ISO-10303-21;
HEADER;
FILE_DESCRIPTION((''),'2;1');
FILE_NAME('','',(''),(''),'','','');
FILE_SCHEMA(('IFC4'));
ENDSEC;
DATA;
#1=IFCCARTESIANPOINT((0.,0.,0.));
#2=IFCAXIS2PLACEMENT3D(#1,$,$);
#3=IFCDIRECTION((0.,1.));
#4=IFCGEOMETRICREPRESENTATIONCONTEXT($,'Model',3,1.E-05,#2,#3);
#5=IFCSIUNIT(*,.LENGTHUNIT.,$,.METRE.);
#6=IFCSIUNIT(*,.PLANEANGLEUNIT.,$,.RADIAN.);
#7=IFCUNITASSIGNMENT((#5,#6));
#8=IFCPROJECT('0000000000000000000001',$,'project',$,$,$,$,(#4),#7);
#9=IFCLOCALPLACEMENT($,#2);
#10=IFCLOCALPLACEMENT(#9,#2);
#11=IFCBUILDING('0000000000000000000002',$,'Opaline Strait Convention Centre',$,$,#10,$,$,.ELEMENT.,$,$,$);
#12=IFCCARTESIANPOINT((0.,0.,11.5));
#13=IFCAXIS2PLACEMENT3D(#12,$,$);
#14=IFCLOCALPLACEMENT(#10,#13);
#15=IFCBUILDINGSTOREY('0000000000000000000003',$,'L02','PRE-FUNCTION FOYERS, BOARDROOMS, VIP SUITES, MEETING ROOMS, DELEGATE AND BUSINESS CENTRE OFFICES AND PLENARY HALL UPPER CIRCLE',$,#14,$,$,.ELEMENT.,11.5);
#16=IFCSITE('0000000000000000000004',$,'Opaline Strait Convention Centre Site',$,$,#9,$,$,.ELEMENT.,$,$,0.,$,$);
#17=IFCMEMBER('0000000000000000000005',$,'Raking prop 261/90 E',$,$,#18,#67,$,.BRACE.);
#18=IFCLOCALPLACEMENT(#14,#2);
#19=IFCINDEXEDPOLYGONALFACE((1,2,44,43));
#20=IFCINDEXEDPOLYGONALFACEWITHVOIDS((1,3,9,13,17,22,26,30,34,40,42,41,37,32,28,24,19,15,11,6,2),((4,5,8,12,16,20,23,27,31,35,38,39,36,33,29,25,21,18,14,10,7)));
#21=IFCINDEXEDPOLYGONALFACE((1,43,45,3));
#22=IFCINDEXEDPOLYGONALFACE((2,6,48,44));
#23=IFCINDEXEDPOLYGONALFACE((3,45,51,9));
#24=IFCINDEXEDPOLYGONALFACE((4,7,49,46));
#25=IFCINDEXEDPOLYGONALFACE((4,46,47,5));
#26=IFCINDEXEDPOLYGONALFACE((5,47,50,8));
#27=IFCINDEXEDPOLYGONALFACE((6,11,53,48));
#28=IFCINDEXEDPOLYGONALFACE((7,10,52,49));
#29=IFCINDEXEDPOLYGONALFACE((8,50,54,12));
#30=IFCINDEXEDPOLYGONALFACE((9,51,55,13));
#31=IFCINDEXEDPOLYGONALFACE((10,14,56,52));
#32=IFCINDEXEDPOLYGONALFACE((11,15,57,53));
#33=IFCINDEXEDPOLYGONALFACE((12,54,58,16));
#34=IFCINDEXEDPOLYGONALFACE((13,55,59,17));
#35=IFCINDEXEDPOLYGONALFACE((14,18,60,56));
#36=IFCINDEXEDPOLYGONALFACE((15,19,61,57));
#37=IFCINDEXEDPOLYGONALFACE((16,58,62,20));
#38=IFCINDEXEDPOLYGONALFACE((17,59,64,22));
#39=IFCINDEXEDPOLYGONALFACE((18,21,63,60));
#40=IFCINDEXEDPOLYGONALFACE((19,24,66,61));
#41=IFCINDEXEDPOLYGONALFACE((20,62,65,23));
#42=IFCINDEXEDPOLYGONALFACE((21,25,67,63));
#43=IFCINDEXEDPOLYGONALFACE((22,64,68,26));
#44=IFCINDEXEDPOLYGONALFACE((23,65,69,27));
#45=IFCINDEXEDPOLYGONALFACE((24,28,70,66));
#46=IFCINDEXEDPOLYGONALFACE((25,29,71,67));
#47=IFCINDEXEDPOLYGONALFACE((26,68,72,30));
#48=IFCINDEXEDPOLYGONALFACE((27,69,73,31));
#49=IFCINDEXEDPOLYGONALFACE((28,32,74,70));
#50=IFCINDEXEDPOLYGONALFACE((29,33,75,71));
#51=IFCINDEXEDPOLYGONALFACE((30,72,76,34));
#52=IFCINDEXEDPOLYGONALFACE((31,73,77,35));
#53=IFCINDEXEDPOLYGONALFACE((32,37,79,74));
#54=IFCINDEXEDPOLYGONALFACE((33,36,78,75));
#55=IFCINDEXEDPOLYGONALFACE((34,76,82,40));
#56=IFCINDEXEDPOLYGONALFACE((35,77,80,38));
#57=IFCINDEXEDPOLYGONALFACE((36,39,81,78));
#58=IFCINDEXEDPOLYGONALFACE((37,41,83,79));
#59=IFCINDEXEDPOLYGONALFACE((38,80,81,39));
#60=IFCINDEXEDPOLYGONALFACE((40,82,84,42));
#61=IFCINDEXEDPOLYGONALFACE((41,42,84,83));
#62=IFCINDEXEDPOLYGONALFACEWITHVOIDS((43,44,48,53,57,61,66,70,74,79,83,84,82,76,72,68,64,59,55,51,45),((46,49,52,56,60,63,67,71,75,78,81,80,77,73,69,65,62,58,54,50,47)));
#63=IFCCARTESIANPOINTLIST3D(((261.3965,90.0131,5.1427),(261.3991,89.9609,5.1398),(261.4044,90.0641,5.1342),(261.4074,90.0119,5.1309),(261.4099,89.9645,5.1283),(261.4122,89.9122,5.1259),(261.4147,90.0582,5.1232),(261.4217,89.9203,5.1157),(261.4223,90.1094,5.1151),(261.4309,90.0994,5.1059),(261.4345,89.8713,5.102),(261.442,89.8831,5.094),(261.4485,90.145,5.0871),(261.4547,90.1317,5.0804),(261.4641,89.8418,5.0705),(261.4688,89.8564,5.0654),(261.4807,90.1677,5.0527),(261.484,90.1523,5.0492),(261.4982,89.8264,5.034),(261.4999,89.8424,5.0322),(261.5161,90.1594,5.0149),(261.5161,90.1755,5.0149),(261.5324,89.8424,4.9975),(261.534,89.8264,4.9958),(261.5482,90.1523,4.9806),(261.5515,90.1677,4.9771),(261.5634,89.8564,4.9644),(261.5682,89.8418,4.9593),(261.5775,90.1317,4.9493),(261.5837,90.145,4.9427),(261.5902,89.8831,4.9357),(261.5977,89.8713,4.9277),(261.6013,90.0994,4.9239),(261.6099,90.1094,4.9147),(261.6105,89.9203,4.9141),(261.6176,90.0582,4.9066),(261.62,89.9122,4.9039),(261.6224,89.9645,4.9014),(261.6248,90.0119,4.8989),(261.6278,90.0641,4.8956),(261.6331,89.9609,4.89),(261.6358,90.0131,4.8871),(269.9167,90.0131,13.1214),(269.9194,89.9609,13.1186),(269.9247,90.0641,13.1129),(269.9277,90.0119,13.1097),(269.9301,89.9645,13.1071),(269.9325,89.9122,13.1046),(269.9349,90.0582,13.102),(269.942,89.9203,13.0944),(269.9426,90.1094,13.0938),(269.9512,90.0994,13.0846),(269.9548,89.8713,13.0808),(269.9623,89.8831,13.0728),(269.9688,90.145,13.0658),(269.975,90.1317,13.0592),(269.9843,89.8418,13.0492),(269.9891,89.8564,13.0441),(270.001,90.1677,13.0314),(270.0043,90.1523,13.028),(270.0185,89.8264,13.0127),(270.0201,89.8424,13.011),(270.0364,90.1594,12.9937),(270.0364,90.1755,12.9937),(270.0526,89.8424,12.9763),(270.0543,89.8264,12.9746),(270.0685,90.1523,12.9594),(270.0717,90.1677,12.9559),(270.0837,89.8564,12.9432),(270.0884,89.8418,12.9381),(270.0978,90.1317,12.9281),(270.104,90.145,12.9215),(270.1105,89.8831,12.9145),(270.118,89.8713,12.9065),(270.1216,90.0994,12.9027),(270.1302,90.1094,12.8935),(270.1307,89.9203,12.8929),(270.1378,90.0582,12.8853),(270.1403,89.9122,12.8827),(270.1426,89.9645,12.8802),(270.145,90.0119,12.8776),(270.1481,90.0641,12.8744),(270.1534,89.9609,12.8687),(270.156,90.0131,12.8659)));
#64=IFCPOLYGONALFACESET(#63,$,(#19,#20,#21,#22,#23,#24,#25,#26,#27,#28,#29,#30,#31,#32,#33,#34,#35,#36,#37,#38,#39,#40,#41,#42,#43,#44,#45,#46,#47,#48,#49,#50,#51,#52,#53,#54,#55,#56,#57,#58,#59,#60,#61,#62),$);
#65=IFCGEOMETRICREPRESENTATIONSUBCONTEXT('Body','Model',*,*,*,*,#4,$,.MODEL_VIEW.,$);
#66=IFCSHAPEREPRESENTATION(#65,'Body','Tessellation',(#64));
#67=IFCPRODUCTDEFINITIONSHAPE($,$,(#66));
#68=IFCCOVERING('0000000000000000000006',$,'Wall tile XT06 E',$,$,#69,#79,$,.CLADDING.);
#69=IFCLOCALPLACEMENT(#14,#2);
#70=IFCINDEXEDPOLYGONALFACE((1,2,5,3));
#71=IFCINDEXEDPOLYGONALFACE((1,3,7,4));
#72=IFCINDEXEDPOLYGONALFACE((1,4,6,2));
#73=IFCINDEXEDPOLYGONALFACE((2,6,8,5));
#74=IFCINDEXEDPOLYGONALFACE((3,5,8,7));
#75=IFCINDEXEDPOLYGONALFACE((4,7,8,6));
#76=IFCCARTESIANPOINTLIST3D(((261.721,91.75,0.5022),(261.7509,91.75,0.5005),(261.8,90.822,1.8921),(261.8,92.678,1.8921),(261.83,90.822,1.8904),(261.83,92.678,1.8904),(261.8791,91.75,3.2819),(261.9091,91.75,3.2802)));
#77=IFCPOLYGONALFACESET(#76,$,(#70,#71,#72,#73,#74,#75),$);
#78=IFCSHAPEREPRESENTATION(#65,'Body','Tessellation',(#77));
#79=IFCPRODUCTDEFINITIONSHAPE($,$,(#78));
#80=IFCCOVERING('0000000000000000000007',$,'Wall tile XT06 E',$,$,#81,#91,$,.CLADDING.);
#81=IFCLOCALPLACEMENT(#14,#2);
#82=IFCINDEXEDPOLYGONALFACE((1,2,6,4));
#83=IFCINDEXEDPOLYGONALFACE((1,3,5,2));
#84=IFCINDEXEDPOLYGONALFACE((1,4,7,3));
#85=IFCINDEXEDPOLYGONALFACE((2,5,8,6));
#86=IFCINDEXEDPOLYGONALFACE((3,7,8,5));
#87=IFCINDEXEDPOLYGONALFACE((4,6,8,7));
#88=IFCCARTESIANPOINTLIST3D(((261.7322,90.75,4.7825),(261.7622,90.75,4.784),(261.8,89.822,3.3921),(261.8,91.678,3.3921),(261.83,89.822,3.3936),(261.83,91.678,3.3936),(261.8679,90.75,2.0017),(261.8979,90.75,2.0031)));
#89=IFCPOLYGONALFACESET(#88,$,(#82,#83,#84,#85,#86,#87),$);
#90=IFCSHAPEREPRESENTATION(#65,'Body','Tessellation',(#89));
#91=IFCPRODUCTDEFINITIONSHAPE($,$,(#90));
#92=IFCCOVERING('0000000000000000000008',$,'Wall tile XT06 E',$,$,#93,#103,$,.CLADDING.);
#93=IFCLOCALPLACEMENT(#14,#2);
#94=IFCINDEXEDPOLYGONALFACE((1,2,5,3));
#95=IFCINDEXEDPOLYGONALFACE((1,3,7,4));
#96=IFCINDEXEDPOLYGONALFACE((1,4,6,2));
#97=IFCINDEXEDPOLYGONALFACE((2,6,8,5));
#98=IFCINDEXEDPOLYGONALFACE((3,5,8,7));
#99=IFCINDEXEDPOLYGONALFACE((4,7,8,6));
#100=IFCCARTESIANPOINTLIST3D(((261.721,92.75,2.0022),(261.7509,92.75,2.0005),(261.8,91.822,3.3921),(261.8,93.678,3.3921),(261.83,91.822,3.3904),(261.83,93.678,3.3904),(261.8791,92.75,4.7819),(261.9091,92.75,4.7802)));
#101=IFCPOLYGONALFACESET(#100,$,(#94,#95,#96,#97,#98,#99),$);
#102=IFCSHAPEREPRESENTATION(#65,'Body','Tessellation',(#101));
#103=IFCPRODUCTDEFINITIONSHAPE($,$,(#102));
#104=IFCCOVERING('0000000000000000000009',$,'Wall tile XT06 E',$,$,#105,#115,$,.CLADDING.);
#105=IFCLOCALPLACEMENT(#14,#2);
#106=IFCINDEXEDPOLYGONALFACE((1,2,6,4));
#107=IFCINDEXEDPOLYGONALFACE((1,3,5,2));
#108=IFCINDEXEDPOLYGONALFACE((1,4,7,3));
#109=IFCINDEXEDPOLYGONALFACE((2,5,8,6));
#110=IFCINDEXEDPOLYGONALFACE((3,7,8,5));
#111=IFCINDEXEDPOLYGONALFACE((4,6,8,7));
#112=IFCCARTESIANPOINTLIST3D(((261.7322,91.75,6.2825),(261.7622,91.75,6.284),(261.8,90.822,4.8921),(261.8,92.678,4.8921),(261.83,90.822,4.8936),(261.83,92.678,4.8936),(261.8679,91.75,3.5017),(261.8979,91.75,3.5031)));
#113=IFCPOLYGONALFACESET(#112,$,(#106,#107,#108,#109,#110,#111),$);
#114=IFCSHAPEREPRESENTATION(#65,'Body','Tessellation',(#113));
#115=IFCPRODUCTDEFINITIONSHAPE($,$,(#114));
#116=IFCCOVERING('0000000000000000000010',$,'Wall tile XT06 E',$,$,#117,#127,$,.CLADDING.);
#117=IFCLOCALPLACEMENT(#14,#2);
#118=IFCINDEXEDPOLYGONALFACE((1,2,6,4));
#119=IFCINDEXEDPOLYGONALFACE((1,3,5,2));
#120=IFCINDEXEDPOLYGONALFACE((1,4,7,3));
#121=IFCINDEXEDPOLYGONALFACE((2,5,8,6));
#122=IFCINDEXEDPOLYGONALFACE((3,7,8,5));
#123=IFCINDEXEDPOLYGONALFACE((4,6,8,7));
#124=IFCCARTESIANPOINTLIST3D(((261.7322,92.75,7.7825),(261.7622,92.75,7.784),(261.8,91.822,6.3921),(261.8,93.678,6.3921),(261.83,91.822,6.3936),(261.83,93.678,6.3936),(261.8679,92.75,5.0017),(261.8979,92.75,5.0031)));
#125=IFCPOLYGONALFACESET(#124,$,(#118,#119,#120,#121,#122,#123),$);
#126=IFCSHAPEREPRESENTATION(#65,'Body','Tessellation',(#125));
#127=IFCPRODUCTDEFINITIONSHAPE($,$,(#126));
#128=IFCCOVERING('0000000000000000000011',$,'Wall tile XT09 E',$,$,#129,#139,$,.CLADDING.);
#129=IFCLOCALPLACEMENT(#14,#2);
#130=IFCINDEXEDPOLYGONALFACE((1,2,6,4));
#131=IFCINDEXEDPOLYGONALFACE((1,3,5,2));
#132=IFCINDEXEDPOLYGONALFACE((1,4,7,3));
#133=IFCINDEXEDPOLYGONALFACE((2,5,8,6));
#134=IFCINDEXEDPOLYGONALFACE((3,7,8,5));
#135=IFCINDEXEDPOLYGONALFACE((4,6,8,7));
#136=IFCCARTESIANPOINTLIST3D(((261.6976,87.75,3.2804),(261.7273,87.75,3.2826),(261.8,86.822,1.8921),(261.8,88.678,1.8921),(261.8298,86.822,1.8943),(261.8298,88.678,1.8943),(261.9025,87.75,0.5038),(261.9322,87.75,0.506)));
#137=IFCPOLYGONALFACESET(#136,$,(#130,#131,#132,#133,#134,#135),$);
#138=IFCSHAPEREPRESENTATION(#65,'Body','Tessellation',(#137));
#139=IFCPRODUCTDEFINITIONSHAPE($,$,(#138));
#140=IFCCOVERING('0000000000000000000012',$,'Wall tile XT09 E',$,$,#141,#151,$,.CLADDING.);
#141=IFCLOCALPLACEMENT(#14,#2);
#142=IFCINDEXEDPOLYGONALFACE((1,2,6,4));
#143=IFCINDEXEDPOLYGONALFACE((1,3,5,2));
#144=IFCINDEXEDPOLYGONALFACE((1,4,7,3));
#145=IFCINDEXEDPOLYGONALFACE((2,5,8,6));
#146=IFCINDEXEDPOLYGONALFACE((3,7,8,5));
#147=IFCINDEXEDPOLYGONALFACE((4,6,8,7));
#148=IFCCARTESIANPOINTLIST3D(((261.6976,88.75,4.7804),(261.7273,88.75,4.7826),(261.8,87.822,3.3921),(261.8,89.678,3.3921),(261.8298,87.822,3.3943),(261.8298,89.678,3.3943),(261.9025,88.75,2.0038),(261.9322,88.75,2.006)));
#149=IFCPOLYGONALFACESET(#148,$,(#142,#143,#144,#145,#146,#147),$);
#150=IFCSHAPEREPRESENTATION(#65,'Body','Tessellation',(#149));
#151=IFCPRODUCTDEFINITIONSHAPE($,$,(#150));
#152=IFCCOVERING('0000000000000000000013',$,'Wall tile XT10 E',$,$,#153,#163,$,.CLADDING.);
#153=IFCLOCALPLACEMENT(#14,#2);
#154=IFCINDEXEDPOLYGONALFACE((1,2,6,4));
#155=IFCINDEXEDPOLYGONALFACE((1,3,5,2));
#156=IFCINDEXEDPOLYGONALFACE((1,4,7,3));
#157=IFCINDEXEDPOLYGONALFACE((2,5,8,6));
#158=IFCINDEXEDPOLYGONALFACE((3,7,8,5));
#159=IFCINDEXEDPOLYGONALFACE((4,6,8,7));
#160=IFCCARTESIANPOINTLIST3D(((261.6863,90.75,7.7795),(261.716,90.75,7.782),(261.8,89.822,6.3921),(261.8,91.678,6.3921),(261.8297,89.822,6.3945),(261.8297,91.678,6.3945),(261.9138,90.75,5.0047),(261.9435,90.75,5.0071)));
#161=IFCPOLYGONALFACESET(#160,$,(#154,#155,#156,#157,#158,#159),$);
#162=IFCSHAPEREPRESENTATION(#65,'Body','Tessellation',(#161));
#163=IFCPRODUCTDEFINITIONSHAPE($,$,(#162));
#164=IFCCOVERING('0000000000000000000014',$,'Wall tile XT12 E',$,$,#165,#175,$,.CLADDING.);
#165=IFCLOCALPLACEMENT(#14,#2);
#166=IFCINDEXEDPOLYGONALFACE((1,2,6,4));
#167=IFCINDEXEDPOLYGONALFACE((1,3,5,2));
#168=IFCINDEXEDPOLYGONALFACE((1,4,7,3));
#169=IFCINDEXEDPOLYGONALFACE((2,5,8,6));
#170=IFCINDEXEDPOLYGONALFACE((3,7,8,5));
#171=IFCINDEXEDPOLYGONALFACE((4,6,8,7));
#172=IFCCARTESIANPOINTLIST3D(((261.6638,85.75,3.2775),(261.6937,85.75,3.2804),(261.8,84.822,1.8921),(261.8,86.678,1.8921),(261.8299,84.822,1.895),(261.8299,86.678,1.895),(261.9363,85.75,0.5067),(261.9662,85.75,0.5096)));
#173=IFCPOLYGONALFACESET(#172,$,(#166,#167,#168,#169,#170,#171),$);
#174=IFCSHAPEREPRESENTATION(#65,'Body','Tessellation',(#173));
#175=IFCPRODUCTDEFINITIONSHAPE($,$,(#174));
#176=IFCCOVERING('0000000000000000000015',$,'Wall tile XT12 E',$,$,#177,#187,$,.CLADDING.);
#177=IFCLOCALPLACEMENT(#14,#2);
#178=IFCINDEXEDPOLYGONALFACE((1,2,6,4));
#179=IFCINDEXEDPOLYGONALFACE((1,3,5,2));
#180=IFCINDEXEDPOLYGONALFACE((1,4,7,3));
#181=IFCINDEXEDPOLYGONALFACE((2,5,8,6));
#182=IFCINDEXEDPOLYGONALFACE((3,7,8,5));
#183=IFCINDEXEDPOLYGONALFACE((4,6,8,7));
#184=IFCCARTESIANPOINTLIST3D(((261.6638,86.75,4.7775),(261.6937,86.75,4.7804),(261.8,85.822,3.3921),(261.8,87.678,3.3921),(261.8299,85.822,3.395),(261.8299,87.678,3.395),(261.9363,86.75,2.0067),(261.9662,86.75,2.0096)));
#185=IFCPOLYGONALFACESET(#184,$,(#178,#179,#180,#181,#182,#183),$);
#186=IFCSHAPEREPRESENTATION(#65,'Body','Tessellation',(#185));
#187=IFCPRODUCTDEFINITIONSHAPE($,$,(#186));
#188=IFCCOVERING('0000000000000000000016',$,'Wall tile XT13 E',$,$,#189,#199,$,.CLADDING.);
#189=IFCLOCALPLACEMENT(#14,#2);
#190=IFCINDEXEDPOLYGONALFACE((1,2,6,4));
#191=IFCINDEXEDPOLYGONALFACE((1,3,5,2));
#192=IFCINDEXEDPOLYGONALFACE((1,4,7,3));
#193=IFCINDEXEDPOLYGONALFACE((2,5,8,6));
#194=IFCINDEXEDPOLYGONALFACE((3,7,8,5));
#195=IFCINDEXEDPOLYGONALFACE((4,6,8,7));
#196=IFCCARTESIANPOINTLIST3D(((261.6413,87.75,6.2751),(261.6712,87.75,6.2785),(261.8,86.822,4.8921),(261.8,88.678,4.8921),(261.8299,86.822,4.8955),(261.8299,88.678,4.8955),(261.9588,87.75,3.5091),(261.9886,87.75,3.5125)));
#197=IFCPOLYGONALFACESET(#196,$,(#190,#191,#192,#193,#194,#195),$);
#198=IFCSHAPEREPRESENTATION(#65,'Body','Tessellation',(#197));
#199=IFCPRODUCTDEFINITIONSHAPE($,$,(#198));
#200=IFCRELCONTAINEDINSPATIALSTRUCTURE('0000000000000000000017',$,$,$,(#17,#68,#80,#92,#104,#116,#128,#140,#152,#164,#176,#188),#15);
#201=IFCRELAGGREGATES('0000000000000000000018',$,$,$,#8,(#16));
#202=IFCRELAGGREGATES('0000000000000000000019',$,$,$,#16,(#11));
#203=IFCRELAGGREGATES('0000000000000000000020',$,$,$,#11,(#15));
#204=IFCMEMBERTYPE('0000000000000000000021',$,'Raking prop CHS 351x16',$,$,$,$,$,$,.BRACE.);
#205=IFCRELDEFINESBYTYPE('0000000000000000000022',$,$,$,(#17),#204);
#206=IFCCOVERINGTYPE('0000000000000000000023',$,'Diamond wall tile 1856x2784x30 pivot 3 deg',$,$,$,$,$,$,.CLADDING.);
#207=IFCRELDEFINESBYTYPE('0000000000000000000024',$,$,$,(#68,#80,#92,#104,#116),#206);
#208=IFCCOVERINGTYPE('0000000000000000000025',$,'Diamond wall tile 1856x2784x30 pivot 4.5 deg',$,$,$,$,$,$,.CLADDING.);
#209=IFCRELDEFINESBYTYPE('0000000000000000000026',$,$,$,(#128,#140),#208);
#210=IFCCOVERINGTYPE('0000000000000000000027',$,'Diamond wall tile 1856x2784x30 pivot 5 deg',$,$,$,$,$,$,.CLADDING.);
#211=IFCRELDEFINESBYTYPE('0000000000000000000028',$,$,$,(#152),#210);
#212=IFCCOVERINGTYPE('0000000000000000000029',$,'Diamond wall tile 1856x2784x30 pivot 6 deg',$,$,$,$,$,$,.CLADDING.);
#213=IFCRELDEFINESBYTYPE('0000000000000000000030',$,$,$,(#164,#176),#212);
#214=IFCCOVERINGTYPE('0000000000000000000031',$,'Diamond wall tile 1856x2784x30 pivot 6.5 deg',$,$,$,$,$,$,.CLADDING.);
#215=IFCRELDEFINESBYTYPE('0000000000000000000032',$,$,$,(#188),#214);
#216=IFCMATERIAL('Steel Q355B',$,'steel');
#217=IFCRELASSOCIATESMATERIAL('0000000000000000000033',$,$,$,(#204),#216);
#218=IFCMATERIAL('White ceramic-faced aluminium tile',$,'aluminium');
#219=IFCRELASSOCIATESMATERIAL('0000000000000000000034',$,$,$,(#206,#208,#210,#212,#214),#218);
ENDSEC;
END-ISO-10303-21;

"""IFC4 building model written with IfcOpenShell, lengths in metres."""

from ifc_helpers import new_model, si_unit, direction, frame, origin, origin_2d, place, context, subcontext, project, spatial, polyline, hollow_circle, outline, extrude, material, material_profile, profile_set, type_object, element, save


model = new_model("IFC4")

# Units and contexts
model_context = context("Model", 3, precision=1e-05, world=origin(), true_north=direction((0.0, 1.0)))
body_context = subcontext(model_context, "Body", "Model", "MODEL_VIEW")
ifc_project = project(units=[si_unit("LENGTHUNIT", "METRE"), si_unit("PLANEANGLEUNIT", "RADIAN")], contexts=[model_context])

# Site, building, storey
site_placement = place(None, origin())
site = spatial("IfcSite", under=ifc_project, at=site_placement, Name="Opaline Strait Convention Centre Site", CompositionType="ELEMENT", RefElevation=0.0)
building_placement = place(site_placement, origin())
building = spatial("IfcBuilding", under=site, at=building_placement, Name="Opaline Strait Convention Centre", CompositionType="ELEMENT")
storey_placement = place(building_placement, frame((0.0, 0.0, 11.5)))
storey = spatial("IfcBuildingStorey", under=building, at=storey_placement, Name="L02", Description="PRE-FUNCTION FOYERS, BOARDROOMS, VIP SUITES, MEETING ROOMS, DELEGATE AND BUSINESS CENTRE OFFICES AND PLENARY HALL UPPER CIRCLE", CompositionType="ELEMENT", Elevation=11.5)

# Member
ifc_material_1 = material(Name="Steel Q355B", Category="steel")
ifc_material_profile_1 = material_profile(ifc_material_1, hollow_circle(Radius=0.1755, WallThickness=0.0161, at=origin_2d()), Name="CHS 351x16")
ifc_profile_set_1 = profile_set([ifc_material_profile_1], Name="Steel Q355B")
member_type = type_object("IfcMemberType", Name="Raking prop CHS 351x16", PredefinedType="BRACE", material=ifc_profile_set_1)
member_placement = place(storey_placement, frame((261.5161, 90.0, 5.0149), z_axis=(0.729921, 0.0, 0.683531), x_axis=(0.0, 1.0, 0.0)))
element("IfcMember", 1, at=member_placement, inside=storey, type_object=member_type, Name="Raking prop 261/90 E", PredefinedType="BRACE", context=body_context, shape_type="SweptSolid", body=[
    extrude(hollow_circle(Radius=0.1755, WallThickness=0.0161, at=origin_2d()), origin(), (0.0, 0.0, 1.0), 11.6729),
])

# Coverings
ifc_material_2 = material(Name="White ceramic-faced aluminium tile", Category="aluminium")
ifc_material_profile_2 = material_profile(ifc_material_2, outline(polyline([(0.928, 0.0), (0.0, 1.3921), (-0.928, 0.0), (0.0, -1.3921), (0.928, 0.0)])), Name="Diamond tile 1856x2784")
ifc_profile_set_2 = profile_set([ifc_material_profile_2], Name="White ceramic-faced aluminium tile")
covering_type_1 = type_object("IfcCoveringType", Name="Diamond wall tile 1856x2784x30 pivot 3 deg", PredefinedType="CLADDING", material=ifc_profile_set_2)
for number, where, z_axis, x_axis, name in (
    (2, (261.8, 91.75, 1.8921), (0.998385, 0.0, -0.056819), (0.0, 1.0, 0.0), "Wall tile XT06 E"),
    (3, (261.8, 90.75, 3.3921), (0.998812, 0.0, 0.048723), (0.0, 1.0, 0.0), "Wall tile XT06 E"),
    (4, (261.8, 92.75, 3.3921), (0.998385, 0.0, -0.056819), (0.0, 1.0, 0.0), "Wall tile XT06 E"),
    (5, (261.8, 91.75, 4.8921), (0.998812, 0.0, 0.048723), (0.0, 1.0, 0.0), "Wall tile XT06 E"),
    (6, (261.8, 92.75, 6.3921), (0.998812, 0.0, 0.048723), (0.0, 1.0, 0.0), "Wall tile XT06 E"),
):
    element("IfcCovering", number, at=place(storey_placement, frame(where, z_axis=z_axis, x_axis=x_axis)), inside=storey, type_object=covering_type_1, Name=name, PredefinedType="CLADDING", context=body_context, shape_type="SweptSolid", body=[
        extrude(outline(polyline([(0.928, 0.0), (0.0, 1.3921), (-0.928, 0.0), (0.0, -1.3921), (0.928, 0.0)])), origin(), (0.0, 0.0, 1.0), 0.03),
    ])
ifc_material_profile_3 = material_profile(ifc_material_2, outline(polyline([(0.928, 0.0), (0.0, 1.3921), (-0.928, 0.0), (0.0, -1.3921), (0.928, 0.0)])), Name="Diamond tile 1856x2784")
ifc_profile_set_3 = profile_set([ifc_material_profile_3], Name="White ceramic-faced aluminium tile")
covering_type_2 = type_object("IfcCoveringType", Name="Diamond wall tile 1856x2784x30 pivot 4.5 deg", PredefinedType="CLADDING", material=ifc_profile_set_3)
for number, where, z_axis, x_axis, name in (
    (7, (261.8, 87.75, 1.8921), (0.99729, 0.0, 0.073571), (0.0, 1.0, 0.0), "Wall tile XT09 E"),
    (8, (261.8, 88.75, 3.3921), (0.99729, 0.0, 0.073571), (0.0, 1.0, 0.0), "Wall tile XT09 E"),
):
    element("IfcCovering", number, at=place(storey_placement, frame(where, z_axis=z_axis, x_axis=x_axis)), inside=storey, type_object=covering_type_2, Name=name, PredefinedType="CLADDING", context=body_context, shape_type="SweptSolid", body=[
        extrude(outline(polyline([(0.928, 0.0), (0.0, 1.3921), (-0.928, 0.0), (0.0, -1.3921), (0.928, 0.0)])), origin(), (0.0, 0.0, 1.0), 0.0298),
    ])
ifc_material_profile_4 = material_profile(ifc_material_2, outline(polyline([(0.928, 0.0), (0.0, 1.3921), (-0.928, 0.0), (0.0, -1.3921), (0.928, 0.0)])), Name="Diamond tile 1856x2784")
ifc_profile_set_4 = profile_set([ifc_material_profile_4], Name="White ceramic-faced aluminium tile")
covering_type_3 = type_object("IfcCoveringType", Name="Diamond wall tile 1856x2784x30 pivot 5 deg", PredefinedType="CLADDING", material=ifc_profile_set_4)
covering_placement = place(storey_placement, frame((261.8, 90.75, 6.3921), z_axis=(0.996658, 0.0, 0.081693), x_axis=(0.0, 1.0, 0.0)))
element("IfcCovering", 9, at=covering_placement, inside=storey, type_object=covering_type_3, Name="Wall tile XT10 E", PredefinedType="CLADDING", context=body_context, shape_type="SweptSolid", body=[
    extrude(outline(polyline([(0.928, 0.0), (0.0, 1.3921), (-0.928, 0.0), (0.0, -1.3921), (0.928, 0.0)])), origin(), (0.0, 0.0, 1.0), 0.0298),
])
ifc_material_profile_5 = material_profile(ifc_material_2, outline(polyline([(0.928, 0.0), (0.0, 1.3921), (-0.928, 0.0), (0.0, -1.3921), (0.928, 0.0)])), Name="Diamond tile 1856x2784")
ifc_profile_set_5 = profile_set([ifc_material_profile_5], Name="White ceramic-faced aluminium tile")
covering_type_4 = type_object("IfcCoveringType", Name="Diamond wall tile 1856x2784x30 pivot 6 deg", PredefinedType="CLADDING", material=ifc_profile_set_5)
for number, where, z_axis, x_axis, name in (
    (10, (261.8, 85.75, 1.8921), (0.995197, 0.0, 0.097888), (0.0, 1.0, 0.0), "Wall tile XT12 E"),
    (11, (261.8, 86.75, 3.3921), (0.995197, 0.0, 0.097888), (0.0, 1.0, 0.0), "Wall tile XT12 E"),
):
    element("IfcCovering", number, at=place(storey_placement, frame(where, z_axis=z_axis, x_axis=x_axis)), inside=storey, type_object=covering_type_4, Name=name, PredefinedType="CLADDING", context=body_context, shape_type="SweptSolid", body=[
        extrude(outline(polyline([(0.928, 0.0), (0.0, 1.3921), (-0.928, 0.0), (0.0, -1.3921), (0.928, 0.0)])), origin(), (0.0, 0.0, 1.0), 0.03),
    ])
ifc_material_profile_6 = material_profile(ifc_material_2, outline(polyline([(0.928, 0.0), (0.0, 1.3921), (-0.928, 0.0), (0.0, -1.3921), (0.928, 0.0)])), Name="Diamond tile 1856x2784")
ifc_profile_set_6 = profile_set([ifc_material_profile_6], Name="White ceramic-faced aluminium tile")
covering_type_5 = type_object("IfcCoveringType", Name="Diamond wall tile 1856x2784x30 pivot 6.5 deg", PredefinedType="CLADDING", material=ifc_profile_set_6)
for number, where, z_axis, x_axis, name in (
    (12, (261.8, 87.75, 4.8921), (0.99348, 0.0, 0.114006), (0.0, 1.0, 0.0), "Wall tile XT13 E"),
):
    element("IfcCovering", number, at=place(storey_placement, frame(where, z_axis=z_axis, x_axis=x_axis)), inside=storey, type_object=covering_type_5, Name=name, PredefinedType="CLADDING", context=body_context, shape_type="SweptSolid", body=[
        extrude(outline(polyline([(0.928, 0.0), (0.0, 1.3921), (-0.928, 0.0), (0.0, -1.3921), (0.928, 0.0)])), origin(), (0.0, 0.0, 1.0), 0.03),
    ])

save(model, "model.ifc")
